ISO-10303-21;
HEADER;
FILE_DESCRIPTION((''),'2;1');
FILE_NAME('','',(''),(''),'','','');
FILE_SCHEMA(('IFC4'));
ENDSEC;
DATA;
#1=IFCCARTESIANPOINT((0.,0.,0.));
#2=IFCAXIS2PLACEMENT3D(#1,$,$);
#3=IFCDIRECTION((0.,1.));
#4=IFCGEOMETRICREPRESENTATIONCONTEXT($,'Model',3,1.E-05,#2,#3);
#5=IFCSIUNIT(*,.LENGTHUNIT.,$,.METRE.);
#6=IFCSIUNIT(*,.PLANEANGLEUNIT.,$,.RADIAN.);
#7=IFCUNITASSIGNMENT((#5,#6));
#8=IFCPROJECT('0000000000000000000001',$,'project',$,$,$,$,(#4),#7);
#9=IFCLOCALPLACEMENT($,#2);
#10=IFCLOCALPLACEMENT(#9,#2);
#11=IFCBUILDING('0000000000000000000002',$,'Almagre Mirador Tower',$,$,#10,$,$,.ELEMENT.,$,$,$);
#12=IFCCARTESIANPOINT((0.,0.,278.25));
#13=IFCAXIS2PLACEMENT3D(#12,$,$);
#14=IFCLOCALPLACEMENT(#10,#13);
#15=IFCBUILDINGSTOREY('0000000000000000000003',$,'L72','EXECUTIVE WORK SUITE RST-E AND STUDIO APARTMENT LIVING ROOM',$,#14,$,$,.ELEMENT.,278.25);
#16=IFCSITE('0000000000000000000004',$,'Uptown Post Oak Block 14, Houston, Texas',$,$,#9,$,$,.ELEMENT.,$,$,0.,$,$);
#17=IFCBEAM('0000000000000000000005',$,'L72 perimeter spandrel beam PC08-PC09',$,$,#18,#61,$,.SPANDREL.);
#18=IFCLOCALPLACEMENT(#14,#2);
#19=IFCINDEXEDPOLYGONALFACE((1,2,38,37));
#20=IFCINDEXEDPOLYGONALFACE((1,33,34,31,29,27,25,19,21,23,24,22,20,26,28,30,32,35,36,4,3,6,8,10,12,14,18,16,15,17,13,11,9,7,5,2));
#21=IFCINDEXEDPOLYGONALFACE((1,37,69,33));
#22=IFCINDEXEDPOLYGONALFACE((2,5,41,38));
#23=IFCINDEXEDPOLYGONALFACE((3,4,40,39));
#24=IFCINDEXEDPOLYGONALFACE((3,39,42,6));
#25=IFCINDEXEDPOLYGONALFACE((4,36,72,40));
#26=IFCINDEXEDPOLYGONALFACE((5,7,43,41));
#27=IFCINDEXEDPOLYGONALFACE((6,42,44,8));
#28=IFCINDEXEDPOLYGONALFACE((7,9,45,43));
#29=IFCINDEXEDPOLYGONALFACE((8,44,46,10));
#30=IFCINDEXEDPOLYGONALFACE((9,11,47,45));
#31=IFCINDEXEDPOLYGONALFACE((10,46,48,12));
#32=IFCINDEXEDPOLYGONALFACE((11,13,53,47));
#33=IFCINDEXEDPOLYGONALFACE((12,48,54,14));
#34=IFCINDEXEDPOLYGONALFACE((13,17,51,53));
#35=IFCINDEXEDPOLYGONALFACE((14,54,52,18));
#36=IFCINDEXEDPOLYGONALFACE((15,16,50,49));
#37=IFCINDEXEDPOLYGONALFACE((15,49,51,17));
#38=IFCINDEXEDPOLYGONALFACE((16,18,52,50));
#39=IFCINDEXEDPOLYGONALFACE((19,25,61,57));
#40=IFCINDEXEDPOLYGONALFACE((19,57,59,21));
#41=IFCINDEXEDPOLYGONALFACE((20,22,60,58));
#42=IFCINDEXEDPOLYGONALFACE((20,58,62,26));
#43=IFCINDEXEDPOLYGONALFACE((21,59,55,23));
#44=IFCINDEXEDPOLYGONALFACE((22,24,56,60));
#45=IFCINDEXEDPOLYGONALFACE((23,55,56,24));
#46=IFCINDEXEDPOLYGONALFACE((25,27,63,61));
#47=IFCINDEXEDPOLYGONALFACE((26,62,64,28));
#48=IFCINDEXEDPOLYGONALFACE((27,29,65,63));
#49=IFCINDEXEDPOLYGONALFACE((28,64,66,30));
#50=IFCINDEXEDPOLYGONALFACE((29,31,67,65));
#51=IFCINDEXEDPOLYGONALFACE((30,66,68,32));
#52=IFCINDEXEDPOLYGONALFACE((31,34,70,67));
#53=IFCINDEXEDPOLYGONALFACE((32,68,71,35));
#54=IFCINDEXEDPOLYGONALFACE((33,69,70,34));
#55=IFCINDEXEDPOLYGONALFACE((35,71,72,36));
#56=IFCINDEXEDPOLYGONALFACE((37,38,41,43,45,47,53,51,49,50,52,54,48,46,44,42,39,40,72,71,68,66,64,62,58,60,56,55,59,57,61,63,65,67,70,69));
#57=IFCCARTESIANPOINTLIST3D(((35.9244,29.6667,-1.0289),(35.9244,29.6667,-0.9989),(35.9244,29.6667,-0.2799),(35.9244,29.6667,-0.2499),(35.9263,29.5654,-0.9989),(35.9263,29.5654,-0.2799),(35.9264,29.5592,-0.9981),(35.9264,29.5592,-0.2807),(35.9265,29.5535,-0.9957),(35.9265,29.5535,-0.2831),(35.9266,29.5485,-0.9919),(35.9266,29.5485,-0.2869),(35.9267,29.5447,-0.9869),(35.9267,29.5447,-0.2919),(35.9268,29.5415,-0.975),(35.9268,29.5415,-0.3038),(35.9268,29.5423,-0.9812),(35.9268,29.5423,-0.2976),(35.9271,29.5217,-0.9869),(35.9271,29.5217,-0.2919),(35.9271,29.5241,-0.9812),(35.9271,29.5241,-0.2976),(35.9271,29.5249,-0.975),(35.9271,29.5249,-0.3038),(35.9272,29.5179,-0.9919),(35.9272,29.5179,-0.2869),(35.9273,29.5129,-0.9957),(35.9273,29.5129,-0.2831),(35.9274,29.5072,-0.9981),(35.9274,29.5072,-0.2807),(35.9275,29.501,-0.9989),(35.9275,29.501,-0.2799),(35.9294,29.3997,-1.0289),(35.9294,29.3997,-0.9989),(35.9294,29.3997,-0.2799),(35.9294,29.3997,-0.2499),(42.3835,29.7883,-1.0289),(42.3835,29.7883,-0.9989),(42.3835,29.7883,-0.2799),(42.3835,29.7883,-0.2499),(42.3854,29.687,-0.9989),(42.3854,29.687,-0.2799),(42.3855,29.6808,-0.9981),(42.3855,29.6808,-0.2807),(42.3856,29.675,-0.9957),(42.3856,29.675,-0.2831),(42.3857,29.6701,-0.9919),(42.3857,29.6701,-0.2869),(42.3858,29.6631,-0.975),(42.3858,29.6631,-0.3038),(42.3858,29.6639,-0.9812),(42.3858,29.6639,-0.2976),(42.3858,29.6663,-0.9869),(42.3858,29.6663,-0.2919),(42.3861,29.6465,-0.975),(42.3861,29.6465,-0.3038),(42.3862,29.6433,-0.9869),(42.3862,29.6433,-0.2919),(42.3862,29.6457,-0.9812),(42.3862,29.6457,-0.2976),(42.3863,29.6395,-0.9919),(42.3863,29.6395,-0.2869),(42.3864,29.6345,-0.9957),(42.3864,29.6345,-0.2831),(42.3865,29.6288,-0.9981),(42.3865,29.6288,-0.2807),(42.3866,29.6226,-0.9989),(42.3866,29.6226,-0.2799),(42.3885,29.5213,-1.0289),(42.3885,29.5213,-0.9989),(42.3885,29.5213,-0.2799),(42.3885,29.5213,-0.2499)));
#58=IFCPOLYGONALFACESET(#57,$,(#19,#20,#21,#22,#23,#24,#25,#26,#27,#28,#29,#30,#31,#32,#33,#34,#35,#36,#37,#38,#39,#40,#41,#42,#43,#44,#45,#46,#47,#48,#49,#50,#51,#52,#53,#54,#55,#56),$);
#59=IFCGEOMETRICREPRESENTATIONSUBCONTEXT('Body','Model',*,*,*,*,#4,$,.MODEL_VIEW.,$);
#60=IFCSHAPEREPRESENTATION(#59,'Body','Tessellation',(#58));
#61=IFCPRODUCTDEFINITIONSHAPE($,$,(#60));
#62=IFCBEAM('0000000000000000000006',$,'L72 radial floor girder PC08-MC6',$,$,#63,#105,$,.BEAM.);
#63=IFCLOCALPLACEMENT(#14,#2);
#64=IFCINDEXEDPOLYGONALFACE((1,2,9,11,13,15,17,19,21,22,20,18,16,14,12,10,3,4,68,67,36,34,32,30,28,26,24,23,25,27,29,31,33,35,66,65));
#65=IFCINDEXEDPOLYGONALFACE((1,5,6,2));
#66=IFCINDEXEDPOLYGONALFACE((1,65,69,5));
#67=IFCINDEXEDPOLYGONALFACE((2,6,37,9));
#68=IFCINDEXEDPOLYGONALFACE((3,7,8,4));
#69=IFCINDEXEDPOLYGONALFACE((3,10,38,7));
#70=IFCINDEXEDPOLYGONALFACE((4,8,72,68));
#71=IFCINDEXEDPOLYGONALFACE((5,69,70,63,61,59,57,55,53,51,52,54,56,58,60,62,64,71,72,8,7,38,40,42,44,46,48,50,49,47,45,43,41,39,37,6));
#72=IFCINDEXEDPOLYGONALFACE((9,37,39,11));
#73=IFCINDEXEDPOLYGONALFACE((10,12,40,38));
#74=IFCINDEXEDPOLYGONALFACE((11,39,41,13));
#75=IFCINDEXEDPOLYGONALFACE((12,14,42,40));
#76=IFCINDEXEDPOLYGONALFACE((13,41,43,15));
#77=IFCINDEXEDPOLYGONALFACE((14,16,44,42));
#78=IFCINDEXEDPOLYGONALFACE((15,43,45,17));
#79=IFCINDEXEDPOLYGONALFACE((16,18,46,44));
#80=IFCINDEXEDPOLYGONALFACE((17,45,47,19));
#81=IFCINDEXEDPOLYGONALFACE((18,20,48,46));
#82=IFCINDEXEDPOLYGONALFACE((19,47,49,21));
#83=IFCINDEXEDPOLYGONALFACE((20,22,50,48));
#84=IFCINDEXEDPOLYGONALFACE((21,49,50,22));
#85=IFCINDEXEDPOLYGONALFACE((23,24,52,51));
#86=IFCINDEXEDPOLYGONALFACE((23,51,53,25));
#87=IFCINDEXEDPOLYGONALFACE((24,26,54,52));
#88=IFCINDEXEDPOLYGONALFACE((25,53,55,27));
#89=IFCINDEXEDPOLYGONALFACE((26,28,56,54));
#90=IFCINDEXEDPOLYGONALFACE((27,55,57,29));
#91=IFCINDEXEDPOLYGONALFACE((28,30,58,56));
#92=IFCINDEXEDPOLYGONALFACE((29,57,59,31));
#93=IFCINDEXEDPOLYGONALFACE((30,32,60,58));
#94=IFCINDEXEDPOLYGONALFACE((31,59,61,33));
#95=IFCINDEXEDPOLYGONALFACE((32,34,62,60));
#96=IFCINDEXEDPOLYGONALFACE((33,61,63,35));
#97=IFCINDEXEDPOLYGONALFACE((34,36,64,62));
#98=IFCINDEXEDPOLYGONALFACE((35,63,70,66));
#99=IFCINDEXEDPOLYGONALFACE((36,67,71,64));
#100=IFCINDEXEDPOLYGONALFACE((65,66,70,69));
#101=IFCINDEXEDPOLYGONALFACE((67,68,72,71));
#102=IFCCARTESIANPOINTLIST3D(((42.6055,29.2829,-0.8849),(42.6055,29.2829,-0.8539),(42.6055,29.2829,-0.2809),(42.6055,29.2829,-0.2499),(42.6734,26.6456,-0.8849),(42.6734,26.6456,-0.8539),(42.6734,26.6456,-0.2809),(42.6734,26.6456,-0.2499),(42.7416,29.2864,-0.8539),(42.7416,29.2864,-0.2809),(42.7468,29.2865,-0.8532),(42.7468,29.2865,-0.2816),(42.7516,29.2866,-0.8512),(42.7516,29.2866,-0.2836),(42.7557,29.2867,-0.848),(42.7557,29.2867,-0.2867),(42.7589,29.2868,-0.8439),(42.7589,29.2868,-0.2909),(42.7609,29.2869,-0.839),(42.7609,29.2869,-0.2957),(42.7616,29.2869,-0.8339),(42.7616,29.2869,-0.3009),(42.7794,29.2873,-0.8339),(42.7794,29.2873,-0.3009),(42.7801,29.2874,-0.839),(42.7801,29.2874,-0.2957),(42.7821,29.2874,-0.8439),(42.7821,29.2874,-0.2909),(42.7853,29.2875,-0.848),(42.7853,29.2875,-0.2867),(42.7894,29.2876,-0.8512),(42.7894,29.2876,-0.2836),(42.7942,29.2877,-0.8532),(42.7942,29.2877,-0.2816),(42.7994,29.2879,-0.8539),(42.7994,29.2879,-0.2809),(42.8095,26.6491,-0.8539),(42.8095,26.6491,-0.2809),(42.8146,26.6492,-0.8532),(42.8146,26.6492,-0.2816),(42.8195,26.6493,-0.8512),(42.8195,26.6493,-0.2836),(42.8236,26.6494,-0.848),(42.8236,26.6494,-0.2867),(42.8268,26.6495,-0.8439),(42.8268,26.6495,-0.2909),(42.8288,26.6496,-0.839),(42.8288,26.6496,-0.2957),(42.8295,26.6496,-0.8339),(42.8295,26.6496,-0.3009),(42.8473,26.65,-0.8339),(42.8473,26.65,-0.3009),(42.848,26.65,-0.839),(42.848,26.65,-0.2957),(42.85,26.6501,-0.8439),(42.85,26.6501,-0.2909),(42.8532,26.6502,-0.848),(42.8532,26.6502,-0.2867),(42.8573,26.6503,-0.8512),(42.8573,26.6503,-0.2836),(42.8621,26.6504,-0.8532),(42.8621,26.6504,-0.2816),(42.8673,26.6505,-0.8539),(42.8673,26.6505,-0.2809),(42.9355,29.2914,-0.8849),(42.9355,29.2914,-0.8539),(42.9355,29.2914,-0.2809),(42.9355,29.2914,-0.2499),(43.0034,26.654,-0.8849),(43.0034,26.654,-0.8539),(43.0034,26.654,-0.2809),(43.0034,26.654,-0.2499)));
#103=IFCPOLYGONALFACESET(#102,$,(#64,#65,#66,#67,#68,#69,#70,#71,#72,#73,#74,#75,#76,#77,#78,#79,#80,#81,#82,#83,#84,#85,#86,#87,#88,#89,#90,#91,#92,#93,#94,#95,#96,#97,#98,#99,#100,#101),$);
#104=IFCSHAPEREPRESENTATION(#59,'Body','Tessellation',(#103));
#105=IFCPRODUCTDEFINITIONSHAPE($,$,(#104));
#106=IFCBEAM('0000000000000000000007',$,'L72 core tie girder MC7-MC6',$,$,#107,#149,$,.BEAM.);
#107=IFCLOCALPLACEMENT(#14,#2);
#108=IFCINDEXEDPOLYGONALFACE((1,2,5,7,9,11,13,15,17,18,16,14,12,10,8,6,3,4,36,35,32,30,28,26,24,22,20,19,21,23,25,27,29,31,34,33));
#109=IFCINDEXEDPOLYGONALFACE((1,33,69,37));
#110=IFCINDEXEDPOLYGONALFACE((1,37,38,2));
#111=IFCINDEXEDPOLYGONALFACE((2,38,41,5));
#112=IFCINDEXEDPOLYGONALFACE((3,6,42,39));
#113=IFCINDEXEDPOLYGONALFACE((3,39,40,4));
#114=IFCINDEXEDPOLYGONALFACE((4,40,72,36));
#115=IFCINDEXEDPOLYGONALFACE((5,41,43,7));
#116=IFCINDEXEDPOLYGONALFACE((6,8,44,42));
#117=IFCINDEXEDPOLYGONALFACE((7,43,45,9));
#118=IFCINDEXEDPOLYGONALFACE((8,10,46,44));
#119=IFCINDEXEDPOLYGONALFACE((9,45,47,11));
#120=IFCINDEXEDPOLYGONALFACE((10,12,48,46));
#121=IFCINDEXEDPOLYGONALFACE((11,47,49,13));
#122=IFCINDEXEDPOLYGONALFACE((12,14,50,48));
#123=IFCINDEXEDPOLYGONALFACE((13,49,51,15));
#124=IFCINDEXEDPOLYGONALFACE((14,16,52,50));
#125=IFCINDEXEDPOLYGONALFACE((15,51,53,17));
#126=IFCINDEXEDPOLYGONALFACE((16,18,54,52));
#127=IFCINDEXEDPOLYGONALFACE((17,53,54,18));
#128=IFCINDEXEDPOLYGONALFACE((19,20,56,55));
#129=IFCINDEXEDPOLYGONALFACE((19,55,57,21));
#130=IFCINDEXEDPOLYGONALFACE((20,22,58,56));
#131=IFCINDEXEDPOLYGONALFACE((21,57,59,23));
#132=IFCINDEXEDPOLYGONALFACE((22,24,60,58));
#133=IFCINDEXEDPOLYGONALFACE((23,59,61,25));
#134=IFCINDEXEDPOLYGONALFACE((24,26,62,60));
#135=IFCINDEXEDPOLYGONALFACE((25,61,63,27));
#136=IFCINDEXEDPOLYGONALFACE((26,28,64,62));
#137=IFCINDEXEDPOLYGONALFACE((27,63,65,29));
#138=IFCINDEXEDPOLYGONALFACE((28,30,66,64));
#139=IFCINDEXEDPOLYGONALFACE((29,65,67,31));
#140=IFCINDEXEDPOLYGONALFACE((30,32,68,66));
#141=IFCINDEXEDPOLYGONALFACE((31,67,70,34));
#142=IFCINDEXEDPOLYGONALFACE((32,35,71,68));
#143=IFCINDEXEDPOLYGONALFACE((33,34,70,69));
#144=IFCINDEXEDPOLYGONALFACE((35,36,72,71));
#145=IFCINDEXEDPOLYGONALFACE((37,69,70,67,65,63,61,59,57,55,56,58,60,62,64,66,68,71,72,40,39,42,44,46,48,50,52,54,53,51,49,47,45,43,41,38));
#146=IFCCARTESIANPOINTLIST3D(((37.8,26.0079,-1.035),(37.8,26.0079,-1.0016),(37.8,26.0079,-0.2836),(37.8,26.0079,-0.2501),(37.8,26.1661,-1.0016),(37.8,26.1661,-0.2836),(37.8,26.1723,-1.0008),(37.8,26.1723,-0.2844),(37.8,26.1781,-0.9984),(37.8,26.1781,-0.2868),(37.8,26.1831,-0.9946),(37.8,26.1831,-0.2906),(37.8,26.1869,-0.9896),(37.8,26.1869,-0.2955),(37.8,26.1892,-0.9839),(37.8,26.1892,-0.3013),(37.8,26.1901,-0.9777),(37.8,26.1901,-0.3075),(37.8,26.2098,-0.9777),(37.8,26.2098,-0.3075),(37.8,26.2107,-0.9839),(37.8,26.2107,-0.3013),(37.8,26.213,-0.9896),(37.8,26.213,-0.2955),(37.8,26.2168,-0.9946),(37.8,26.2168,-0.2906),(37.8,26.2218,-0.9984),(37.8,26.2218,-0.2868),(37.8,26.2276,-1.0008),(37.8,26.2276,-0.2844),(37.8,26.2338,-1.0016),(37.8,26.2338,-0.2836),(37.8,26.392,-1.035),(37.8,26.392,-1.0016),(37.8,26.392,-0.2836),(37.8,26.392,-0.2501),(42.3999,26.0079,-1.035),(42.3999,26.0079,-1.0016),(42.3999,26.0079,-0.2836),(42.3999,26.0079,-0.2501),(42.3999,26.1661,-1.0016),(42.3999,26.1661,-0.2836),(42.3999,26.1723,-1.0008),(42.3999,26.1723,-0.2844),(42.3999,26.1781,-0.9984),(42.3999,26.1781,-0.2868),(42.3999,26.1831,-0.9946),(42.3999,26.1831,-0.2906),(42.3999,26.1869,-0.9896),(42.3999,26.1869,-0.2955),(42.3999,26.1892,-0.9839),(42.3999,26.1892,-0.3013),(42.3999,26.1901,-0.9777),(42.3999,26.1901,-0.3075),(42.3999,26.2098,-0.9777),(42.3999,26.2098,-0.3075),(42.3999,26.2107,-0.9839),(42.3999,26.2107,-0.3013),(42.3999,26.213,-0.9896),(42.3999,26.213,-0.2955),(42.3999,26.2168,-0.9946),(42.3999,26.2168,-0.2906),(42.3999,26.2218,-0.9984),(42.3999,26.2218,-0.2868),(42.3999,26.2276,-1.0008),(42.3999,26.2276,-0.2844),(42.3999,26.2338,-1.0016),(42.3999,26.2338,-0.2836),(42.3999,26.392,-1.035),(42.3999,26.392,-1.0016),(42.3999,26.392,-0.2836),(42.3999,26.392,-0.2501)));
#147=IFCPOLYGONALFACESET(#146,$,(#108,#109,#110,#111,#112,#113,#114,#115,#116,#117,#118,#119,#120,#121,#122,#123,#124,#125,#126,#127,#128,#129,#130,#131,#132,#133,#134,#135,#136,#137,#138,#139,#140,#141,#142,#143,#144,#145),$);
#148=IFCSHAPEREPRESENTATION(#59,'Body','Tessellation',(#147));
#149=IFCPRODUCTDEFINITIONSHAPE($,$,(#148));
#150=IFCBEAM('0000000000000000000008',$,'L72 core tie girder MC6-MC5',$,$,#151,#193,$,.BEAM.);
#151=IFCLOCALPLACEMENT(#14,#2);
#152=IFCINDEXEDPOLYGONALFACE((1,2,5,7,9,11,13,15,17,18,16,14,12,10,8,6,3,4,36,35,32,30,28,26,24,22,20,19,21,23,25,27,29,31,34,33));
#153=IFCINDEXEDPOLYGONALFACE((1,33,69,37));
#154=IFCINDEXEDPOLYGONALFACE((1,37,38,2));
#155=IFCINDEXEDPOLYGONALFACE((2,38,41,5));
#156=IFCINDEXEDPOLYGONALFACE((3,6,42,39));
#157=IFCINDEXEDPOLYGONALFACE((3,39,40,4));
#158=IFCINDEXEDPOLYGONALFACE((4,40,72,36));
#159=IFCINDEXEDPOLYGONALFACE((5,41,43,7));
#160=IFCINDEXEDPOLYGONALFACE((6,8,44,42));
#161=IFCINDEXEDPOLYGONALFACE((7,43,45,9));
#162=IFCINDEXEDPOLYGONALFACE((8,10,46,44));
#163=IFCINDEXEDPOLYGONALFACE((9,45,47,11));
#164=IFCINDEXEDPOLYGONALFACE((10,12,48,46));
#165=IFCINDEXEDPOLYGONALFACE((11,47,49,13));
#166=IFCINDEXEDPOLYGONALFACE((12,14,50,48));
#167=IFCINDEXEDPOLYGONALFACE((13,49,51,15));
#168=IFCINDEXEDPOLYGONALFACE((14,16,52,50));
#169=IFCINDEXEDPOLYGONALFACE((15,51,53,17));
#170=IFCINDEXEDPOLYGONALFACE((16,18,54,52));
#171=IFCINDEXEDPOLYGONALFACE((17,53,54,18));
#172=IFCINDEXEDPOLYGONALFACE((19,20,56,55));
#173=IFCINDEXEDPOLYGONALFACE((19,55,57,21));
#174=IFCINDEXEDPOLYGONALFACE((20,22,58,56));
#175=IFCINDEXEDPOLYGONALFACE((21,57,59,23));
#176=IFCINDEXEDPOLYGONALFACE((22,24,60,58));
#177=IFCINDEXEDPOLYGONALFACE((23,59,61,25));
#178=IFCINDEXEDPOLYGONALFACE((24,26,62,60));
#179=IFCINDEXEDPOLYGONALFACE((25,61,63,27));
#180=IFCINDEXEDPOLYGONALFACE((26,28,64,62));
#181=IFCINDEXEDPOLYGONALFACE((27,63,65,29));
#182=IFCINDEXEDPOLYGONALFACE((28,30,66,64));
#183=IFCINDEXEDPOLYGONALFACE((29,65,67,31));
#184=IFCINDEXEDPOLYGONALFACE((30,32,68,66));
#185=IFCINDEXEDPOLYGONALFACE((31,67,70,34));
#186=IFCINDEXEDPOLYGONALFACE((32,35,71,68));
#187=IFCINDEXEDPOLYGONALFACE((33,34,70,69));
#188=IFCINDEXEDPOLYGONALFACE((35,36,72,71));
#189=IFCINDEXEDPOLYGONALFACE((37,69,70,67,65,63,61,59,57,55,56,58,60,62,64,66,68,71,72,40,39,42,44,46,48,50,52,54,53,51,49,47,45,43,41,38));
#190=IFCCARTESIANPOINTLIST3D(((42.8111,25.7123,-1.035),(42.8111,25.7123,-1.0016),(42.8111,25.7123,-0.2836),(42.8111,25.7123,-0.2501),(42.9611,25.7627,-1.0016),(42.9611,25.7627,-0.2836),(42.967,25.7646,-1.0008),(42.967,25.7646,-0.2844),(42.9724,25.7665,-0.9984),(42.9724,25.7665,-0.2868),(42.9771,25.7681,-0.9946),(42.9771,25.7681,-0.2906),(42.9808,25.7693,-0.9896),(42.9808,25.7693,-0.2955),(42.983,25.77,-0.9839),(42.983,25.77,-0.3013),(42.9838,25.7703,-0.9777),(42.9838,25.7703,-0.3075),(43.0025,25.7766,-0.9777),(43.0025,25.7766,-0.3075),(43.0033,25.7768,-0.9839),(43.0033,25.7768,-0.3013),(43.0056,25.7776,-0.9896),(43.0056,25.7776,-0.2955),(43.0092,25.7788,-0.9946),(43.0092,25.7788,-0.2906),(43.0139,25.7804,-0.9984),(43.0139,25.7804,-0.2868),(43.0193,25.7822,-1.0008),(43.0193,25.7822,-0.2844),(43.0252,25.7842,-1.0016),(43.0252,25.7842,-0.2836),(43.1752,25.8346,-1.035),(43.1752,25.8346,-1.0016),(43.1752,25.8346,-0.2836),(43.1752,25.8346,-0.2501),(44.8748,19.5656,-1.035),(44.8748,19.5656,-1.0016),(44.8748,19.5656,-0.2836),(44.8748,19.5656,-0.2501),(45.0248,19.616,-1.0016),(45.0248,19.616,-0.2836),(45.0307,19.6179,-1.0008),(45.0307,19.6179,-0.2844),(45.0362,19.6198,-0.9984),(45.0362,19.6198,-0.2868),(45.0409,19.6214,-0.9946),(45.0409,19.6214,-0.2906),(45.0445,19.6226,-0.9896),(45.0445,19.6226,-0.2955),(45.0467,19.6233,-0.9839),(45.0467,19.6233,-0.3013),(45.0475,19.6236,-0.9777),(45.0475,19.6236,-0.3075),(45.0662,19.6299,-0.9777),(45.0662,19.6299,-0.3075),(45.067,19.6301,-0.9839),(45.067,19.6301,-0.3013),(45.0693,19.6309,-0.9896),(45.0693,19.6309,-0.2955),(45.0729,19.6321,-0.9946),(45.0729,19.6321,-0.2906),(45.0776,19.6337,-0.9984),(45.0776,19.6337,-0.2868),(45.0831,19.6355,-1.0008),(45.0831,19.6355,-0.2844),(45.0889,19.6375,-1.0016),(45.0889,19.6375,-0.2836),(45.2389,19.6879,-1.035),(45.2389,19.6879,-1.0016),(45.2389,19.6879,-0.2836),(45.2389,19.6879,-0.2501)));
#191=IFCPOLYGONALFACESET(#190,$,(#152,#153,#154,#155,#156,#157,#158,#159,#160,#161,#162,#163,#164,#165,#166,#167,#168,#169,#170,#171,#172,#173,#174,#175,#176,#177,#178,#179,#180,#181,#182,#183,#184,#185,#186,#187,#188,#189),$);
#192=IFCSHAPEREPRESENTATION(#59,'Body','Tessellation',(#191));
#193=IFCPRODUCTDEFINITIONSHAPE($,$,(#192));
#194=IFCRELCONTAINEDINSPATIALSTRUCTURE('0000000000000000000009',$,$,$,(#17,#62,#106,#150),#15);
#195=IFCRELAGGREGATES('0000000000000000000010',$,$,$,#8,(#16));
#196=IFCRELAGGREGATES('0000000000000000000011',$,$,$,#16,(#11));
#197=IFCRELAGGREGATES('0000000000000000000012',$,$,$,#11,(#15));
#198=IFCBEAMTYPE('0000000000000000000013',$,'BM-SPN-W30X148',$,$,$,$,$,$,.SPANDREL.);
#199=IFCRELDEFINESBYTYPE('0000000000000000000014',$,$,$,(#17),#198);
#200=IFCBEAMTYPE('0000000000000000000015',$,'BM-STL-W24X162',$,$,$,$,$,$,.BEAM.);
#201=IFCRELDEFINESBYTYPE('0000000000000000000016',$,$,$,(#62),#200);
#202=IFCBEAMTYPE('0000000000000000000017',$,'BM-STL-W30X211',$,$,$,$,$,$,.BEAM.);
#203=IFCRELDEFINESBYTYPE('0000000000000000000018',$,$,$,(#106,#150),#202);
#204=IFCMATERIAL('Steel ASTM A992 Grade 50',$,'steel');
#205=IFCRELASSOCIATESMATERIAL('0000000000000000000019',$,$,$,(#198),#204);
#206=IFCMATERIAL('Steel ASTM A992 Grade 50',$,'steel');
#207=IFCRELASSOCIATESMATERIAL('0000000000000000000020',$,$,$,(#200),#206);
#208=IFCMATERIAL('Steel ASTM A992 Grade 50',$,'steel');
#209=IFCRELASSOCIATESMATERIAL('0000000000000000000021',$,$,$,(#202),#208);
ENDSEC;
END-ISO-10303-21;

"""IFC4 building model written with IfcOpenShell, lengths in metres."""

from ifc_helpers import new_model, si_unit, direction, frame, origin, origin_2d, place, context, subcontext, project, spatial, i_section, extrude, material, material_profile, profile_set, type_object, element, save


model = new_model("IFC4")

# Units and contexts
model_context = context("Model", 3, precision=1e-05, world=origin(), true_north=direction((0.0, 1.0)))
body_context = subcontext(model_context, "Body", "Model", "MODEL_VIEW")
ifc_project = project(units=[si_unit("LENGTHUNIT", "METRE"), si_unit("PLANEANGLEUNIT", "RADIAN")], contexts=[model_context])

# Site, building, storey
site_placement = place(None, origin())
site = spatial("IfcSite", under=ifc_project, at=site_placement, Name="Uptown Post Oak Block 14, Houston, Texas", CompositionType="ELEMENT", RefElevation=0.0)
building_placement = place(site_placement, origin())
building = spatial("IfcBuilding", under=site, at=building_placement, Name="Almagre Mirador Tower", CompositionType="ELEMENT")
storey_placement = place(building_placement, frame((0.0, 0.0, 278.25)))
storey = spatial("IfcBuildingStorey", under=building, at=storey_placement, Name="L72", Description="EXECUTIVE WORK SUITE RST-E AND STUDIO APARTMENT LIVING ROOM", CompositionType="ELEMENT", Elevation=278.25)

# Beams
ifc_material_1 = material(Name="Steel ASTM A992 Grade 50", Category="steel")
ifc_material_profile_1 = material_profile(ifc_material_1, i_section(OverallWidth=0.2671, OverallDepth=0.7791, WebThickness=0.0166, FlangeThickness=0.03, FilletRadius=0.0239, at=origin_2d()), Name="W30X148")
ifc_profile_set_1 = profile_set([ifc_material_profile_1], Name="Steel ASTM A992 Grade 50")
beam_type_1 = type_object("IfcBeamType", Name="BM-SPN-W30X148", PredefinedType="SPANDREL", material=ifc_profile_set_1)
beam_1_placement = place(storey_placement, frame((42.386, 29.6548, -0.6394), z_axis=(-0.999823, -0.01882, 0.0), x_axis=(0.01882, -0.999823, 0.0)))
element("IfcBeam", 1, at=beam_1_placement, inside=storey, type_object=beam_type_1, Name="L72 perimeter spandrel beam PC08-PC09", PredefinedType="SPANDREL", context=body_context, shape_type="SweptSolid", body=[
    extrude(i_section(OverallWidth=0.2671, OverallDepth=0.7791, WebThickness=0.0166, FlangeThickness=0.03, FilletRadius=0.0239, at=origin_2d()), origin(), (0.0, 0.0, 1.0), 6.4602),
])
ifc_material_2 = material(Name="Steel ASTM A992 Grade 50", Category="steel")
ifc_material_profile_2 = material_profile(ifc_material_2, i_section(OverallWidth=0.3301, OverallDepth=0.635, WebThickness=0.0178, FlangeThickness=0.031, FilletRadius=0.02, at=origin_2d()), Name="W24X162")
ifc_profile_set_2 = profile_set([ifc_material_profile_2], Name="Steel ASTM A992 Grade 50")
beam_type_2 = type_object("IfcBeamType", Name="BM-STL-W24X162", PredefinedType="BEAM", material=ifc_profile_set_2)
beam_2_placement = place(storey_placement, frame((42.7705, 29.2871, -0.5674), z_axis=(0.025727, -0.999669, 0.0), x_axis=(0.999669, 0.025727, 0.0)))
element("IfcBeam", 2, at=beam_2_placement, inside=storey, type_object=beam_type_2, Name="L72 radial floor girder PC08-MC6", PredefinedType="BEAM", context=body_context, shape_type="SweptSolid", body=[
    extrude(i_section(OverallWidth=0.3301, OverallDepth=0.635, WebThickness=0.0178, FlangeThickness=0.031, FilletRadius=0.02, at=origin_2d()), origin(), (0.0, 0.0, 1.0), 2.6382),
])
ifc_material_3 = material(Name="Steel ASTM A992 Grade 50", Category="steel")
ifc_material_profile_3 = material_profile(ifc_material_3, i_section(OverallWidth=0.384, OverallDepth=0.7849, WebThickness=0.0198, FlangeThickness=0.0334, FilletRadius=0.0239, at=origin_2d()), Name="W30X211")
ifc_profile_set_3 = profile_set([ifc_material_profile_3], Name="Steel ASTM A992 Grade 50")
beam_type_3 = type_object("IfcBeamType", Name="BM-STL-W30X211", PredefinedType="BEAM", material=ifc_profile_set_3)
beam_3_placement = place(storey_placement, frame((37.8, 26.2, -0.6426), z_axis=(1.0, 0.0, 0.0), x_axis=(0.0, 1.0, 0.0)))
element("IfcBeam", 3, at=beam_3_placement, inside=storey, type_object=beam_type_3, Name="L72 core tie girder MC7-MC6", PredefinedType="BEAM", context=body_context, shape_type="SweptSolid", body=[
    extrude(i_section(OverallWidth=0.384, OverallDepth=0.7849, WebThickness=0.0198, FlangeThickness=0.0334, FilletRadius=0.0239, at=origin_2d()), origin(), (0.0, 0.0, 1.0), 4.5999),
])
beam_4_placement = place(storey_placement, frame((42.9932, 25.7734, -0.6426), z_axis=(0.318283, -0.947996, 0.0), x_axis=(0.947996, 0.318283, 0.0)))
element("IfcBeam", 4, at=beam_4_placement, inside=storey, type_object=beam_type_3, Name="L72 core tie girder MC6-MC5", PredefinedType="BEAM", context=body_context, shape_type="SweptSolid", body=[
    extrude(i_section(OverallWidth=0.384, OverallDepth=0.7849, WebThickness=0.0198, FlangeThickness=0.0334, FilletRadius=0.0239, at=origin_2d()), origin(), (0.0, 0.0, 1.0), 6.4839),
])

save(model, "model.ifc")
